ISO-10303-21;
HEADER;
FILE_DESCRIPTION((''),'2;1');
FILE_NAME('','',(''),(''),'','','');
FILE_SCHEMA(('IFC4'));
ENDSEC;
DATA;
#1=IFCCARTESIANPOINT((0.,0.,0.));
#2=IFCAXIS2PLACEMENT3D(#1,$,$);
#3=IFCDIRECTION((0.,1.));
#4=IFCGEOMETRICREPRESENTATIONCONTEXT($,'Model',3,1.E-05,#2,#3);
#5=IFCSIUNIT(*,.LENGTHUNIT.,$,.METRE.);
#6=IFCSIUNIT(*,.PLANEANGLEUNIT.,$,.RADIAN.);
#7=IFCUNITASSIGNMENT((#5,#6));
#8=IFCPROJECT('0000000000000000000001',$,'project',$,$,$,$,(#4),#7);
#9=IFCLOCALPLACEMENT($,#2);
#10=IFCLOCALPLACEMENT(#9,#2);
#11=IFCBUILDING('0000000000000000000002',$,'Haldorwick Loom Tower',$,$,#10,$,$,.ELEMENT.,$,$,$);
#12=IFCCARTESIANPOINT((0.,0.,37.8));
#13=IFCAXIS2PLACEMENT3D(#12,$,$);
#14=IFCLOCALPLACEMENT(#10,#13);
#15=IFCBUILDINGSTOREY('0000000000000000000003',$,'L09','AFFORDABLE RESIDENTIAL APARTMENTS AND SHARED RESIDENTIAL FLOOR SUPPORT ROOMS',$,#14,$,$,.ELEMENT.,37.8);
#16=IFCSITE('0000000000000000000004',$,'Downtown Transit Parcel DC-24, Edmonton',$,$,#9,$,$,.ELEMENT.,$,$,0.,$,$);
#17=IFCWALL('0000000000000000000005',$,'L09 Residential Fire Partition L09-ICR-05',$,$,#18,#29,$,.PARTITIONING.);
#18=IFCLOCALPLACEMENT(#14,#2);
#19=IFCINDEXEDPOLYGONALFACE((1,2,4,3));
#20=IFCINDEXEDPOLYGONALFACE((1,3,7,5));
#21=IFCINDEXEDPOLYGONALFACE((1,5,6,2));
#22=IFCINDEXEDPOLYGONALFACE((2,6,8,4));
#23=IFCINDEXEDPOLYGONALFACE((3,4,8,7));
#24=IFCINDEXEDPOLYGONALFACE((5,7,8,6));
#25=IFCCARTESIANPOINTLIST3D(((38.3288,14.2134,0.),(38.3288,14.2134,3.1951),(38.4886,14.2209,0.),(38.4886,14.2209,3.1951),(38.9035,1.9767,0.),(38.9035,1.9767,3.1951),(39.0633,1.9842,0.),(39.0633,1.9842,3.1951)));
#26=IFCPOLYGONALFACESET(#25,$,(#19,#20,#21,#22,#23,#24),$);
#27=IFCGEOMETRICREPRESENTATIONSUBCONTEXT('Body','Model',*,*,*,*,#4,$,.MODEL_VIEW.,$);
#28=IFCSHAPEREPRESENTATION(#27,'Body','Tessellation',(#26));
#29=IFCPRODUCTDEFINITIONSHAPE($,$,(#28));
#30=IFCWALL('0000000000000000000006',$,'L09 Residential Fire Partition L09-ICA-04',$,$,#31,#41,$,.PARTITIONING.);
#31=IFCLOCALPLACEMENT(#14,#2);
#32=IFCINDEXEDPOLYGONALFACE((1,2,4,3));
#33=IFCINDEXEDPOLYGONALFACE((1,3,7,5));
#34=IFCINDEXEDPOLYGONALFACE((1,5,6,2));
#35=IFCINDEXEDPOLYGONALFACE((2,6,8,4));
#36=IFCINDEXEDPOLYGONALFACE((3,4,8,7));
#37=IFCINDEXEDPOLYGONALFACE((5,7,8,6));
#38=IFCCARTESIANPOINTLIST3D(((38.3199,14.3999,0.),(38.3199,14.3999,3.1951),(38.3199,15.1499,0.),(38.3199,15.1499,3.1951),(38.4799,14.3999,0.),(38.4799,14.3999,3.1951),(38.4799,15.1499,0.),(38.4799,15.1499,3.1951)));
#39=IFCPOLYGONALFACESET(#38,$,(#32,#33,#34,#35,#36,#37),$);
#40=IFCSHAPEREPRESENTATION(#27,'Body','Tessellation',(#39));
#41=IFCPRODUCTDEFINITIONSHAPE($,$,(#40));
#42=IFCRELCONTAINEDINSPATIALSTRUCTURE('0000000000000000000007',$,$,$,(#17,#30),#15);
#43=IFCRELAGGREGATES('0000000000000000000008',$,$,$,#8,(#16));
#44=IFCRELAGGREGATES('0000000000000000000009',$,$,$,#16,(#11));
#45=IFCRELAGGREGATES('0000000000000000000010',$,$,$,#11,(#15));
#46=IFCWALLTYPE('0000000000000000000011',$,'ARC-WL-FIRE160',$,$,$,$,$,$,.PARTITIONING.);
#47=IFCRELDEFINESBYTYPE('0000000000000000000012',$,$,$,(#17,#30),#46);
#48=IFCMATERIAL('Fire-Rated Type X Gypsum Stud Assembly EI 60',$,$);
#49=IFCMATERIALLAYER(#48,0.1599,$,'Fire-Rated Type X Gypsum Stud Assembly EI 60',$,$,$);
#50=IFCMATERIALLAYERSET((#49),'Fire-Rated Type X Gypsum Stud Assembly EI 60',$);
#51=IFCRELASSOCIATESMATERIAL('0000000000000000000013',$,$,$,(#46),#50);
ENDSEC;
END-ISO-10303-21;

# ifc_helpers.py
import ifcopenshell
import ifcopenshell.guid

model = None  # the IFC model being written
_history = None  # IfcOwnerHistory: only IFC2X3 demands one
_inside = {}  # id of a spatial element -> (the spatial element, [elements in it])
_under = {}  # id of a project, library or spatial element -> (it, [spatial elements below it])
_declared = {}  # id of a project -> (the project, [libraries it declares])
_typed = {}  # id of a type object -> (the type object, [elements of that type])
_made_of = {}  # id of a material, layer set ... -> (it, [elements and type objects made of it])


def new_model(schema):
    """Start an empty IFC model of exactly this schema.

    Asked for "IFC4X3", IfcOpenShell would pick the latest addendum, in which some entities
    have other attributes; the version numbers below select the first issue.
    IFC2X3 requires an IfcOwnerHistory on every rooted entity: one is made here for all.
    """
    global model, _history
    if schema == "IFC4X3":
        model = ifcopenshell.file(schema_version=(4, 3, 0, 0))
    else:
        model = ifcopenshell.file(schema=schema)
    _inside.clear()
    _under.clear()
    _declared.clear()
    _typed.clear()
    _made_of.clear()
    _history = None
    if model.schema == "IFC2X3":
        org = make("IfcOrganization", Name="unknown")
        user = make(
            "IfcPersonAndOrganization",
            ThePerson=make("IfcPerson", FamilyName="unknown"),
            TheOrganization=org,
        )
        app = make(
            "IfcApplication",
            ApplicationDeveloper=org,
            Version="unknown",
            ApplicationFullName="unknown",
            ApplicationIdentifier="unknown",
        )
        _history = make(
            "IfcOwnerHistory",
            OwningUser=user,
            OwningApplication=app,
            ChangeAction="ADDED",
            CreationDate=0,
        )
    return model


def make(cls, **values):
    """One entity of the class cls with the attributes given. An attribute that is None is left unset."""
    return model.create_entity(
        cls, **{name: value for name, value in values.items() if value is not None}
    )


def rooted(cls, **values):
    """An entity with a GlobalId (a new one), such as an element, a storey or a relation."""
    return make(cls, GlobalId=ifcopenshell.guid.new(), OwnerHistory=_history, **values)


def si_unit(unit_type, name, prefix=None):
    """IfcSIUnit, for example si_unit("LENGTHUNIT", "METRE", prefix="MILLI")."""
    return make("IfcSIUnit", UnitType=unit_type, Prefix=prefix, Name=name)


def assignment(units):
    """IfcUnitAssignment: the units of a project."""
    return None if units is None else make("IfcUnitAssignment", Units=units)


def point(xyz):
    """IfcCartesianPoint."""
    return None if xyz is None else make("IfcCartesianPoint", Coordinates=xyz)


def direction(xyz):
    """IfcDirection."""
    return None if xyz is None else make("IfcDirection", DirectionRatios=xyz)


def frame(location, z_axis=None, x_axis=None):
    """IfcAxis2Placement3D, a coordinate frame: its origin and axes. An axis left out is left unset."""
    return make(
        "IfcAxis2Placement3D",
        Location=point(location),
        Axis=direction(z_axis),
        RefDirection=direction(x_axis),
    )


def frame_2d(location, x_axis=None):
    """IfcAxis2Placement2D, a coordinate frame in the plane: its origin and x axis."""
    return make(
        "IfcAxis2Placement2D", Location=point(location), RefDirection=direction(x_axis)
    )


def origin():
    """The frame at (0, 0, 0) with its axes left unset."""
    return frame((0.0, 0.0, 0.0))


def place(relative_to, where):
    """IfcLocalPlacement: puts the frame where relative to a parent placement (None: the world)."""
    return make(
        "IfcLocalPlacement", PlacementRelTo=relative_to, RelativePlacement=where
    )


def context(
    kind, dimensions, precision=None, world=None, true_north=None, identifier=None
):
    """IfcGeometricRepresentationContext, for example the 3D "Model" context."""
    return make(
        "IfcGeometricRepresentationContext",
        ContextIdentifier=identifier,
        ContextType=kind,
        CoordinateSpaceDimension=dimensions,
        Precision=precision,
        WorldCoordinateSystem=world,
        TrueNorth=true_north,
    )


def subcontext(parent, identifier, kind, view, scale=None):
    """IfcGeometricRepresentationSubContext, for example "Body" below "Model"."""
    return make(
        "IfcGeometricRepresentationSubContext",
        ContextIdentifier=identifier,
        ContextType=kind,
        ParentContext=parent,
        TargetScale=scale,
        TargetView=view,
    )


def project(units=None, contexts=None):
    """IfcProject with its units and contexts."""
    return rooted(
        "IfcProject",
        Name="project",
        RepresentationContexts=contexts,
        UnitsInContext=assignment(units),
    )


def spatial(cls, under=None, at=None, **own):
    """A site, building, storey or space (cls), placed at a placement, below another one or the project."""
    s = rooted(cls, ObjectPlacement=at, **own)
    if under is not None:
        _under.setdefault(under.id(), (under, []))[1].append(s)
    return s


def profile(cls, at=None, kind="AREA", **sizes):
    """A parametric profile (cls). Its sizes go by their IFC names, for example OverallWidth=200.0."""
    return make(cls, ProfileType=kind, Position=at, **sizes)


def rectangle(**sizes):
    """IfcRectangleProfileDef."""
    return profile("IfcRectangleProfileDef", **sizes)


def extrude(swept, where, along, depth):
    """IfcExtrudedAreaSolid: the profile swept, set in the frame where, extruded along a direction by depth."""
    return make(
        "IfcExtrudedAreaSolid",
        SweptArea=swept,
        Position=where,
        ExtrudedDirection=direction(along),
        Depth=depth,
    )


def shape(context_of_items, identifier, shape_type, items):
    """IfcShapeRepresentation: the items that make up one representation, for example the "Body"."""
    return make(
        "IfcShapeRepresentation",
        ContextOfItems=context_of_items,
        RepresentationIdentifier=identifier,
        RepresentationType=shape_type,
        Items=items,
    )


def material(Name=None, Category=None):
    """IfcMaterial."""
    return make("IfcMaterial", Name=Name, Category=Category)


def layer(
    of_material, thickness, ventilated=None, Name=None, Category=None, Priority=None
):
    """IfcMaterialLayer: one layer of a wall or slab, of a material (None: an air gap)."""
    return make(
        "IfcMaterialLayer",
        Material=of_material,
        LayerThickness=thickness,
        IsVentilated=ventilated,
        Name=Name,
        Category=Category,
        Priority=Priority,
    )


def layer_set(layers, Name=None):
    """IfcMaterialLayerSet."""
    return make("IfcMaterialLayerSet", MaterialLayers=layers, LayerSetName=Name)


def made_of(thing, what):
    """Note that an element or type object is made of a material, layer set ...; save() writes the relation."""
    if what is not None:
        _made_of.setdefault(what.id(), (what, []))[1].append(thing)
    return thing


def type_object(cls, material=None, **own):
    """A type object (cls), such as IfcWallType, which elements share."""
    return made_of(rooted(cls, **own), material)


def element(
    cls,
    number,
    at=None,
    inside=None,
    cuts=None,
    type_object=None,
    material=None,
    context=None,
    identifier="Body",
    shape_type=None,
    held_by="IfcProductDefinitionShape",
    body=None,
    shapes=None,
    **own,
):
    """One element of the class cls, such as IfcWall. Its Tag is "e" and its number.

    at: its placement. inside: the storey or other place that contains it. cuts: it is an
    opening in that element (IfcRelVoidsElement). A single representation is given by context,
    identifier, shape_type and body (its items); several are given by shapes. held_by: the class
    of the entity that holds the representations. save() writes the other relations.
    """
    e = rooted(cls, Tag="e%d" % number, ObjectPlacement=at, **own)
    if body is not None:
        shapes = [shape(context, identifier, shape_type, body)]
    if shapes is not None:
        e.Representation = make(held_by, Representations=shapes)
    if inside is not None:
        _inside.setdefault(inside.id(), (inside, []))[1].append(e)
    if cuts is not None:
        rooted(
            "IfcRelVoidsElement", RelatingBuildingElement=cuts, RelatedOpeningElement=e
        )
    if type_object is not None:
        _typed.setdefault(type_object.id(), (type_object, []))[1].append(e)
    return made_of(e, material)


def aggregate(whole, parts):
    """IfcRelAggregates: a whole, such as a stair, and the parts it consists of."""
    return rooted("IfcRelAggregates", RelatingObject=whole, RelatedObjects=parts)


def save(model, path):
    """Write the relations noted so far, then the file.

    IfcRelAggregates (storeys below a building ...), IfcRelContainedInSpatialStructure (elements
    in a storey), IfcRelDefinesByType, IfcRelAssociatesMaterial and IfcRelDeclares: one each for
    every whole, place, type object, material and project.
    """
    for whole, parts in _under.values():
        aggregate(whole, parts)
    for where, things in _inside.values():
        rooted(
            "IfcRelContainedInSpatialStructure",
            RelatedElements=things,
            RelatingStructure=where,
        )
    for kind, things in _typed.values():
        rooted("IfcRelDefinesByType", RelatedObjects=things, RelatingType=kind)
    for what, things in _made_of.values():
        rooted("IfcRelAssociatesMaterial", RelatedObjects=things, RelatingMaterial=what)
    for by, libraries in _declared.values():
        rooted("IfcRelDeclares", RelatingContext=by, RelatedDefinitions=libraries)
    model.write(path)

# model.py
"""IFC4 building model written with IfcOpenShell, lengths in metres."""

from ifc_helpers import new_model, si_unit, direction, frame, frame_2d, origin, place, context, subcontext, project, spatial, rectangle, extrude, material, layer, layer_set, type_object, element, save


model = new_model("IFC4")

# Units and contexts
model_context = context("Model", 3, precision=1e-05, world=origin(), true_north=direction((0.0, 1.0)))
body_context = subcontext(model_context, "Body", "Model", "MODEL_VIEW")
ifc_project = project(units=[si_unit("LENGTHUNIT", "METRE"), si_unit("PLANEANGLEUNIT", "RADIAN")], contexts=[model_context])

# Site, building, storey
site_placement = place(None, origin())
site = spatial("IfcSite", under=ifc_project, at=site_placement, Name="Downtown Transit Parcel DC-24, Edmonton", CompositionType="ELEMENT", RefElevation=0.0)
building_placement = place(site_placement, origin())
building = spatial("IfcBuilding", under=site, at=building_placement, Name="Haldorwick Loom Tower", CompositionType="ELEMENT")
storey_placement = place(building_placement, frame((0.0, 0.0, 37.8)))
storey = spatial("IfcBuildingStorey", under=building, at=storey_placement, Name="L09", Description="AFFORDABLE RESIDENTIAL APARTMENTS AND SHARED RESIDENTIAL FLOOR SUPPORT ROOMS", CompositionType="ELEMENT", Elevation=37.8)

# Walls
ifc_material_1 = material(Name="Fire-Rated Type X Gypsum Stud Assembly EI 60")
ifc_layer_1 = layer(ifc_material_1, 0.1599, Name="Fire-Rated Type X Gypsum Stud Assembly EI 60")
ifc_layer_set_1 = layer_set([ifc_layer_1], Name="Fire-Rated Type X Gypsum Stud Assembly EI 60")
wall_type_1 = type_object("IfcWallType", Name="ARC-WL-FIRE160", PredefinedType="PARTITIONING", material=ifc_layer_set_1)
wall_1_placement = place(storey_placement, frame((38.4087, 14.217, 0.0), z_axis=(0.0, 0.0, 1.0), x_axis=(0.046914, -0.998899, 0.0)))
element("IfcWall", 1, at=wall_1_placement, inside=storey, type_object=wall_type_1, Name="L09 Residential Fire Partition L09-ICR-05", PredefinedType="PARTITIONING", context=body_context, shape_type="SweptSolid", body=[
    extrude(rectangle(XDim=12.2502, YDim=0.1599, at=frame_2d((6.125, 0.0))), origin(), (0.0, 0.0, 1.0), 3.1951),
])
wall_2_placement = place(storey_placement, frame((38.3999, 15.1499, 0.0), z_axis=(0.0, 0.0, 1.0), x_axis=(0.0, -1.0, 0.0)))
element("IfcWall", 2, at=wall_2_placement, inside=storey, type_object=wall_type_1, Name="L09 Residential Fire Partition L09-ICA-04", PredefinedType="PARTITIONING", context=body_context, shape_type="SweptSolid", body=[
    extrude(rectangle(XDim=0.75, YDim=0.1599, at=frame_2d((0.375, 0.0))), origin(), (0.0, 0.0, 1.0), 3.1951),
])

save(model, "model.ifc")
